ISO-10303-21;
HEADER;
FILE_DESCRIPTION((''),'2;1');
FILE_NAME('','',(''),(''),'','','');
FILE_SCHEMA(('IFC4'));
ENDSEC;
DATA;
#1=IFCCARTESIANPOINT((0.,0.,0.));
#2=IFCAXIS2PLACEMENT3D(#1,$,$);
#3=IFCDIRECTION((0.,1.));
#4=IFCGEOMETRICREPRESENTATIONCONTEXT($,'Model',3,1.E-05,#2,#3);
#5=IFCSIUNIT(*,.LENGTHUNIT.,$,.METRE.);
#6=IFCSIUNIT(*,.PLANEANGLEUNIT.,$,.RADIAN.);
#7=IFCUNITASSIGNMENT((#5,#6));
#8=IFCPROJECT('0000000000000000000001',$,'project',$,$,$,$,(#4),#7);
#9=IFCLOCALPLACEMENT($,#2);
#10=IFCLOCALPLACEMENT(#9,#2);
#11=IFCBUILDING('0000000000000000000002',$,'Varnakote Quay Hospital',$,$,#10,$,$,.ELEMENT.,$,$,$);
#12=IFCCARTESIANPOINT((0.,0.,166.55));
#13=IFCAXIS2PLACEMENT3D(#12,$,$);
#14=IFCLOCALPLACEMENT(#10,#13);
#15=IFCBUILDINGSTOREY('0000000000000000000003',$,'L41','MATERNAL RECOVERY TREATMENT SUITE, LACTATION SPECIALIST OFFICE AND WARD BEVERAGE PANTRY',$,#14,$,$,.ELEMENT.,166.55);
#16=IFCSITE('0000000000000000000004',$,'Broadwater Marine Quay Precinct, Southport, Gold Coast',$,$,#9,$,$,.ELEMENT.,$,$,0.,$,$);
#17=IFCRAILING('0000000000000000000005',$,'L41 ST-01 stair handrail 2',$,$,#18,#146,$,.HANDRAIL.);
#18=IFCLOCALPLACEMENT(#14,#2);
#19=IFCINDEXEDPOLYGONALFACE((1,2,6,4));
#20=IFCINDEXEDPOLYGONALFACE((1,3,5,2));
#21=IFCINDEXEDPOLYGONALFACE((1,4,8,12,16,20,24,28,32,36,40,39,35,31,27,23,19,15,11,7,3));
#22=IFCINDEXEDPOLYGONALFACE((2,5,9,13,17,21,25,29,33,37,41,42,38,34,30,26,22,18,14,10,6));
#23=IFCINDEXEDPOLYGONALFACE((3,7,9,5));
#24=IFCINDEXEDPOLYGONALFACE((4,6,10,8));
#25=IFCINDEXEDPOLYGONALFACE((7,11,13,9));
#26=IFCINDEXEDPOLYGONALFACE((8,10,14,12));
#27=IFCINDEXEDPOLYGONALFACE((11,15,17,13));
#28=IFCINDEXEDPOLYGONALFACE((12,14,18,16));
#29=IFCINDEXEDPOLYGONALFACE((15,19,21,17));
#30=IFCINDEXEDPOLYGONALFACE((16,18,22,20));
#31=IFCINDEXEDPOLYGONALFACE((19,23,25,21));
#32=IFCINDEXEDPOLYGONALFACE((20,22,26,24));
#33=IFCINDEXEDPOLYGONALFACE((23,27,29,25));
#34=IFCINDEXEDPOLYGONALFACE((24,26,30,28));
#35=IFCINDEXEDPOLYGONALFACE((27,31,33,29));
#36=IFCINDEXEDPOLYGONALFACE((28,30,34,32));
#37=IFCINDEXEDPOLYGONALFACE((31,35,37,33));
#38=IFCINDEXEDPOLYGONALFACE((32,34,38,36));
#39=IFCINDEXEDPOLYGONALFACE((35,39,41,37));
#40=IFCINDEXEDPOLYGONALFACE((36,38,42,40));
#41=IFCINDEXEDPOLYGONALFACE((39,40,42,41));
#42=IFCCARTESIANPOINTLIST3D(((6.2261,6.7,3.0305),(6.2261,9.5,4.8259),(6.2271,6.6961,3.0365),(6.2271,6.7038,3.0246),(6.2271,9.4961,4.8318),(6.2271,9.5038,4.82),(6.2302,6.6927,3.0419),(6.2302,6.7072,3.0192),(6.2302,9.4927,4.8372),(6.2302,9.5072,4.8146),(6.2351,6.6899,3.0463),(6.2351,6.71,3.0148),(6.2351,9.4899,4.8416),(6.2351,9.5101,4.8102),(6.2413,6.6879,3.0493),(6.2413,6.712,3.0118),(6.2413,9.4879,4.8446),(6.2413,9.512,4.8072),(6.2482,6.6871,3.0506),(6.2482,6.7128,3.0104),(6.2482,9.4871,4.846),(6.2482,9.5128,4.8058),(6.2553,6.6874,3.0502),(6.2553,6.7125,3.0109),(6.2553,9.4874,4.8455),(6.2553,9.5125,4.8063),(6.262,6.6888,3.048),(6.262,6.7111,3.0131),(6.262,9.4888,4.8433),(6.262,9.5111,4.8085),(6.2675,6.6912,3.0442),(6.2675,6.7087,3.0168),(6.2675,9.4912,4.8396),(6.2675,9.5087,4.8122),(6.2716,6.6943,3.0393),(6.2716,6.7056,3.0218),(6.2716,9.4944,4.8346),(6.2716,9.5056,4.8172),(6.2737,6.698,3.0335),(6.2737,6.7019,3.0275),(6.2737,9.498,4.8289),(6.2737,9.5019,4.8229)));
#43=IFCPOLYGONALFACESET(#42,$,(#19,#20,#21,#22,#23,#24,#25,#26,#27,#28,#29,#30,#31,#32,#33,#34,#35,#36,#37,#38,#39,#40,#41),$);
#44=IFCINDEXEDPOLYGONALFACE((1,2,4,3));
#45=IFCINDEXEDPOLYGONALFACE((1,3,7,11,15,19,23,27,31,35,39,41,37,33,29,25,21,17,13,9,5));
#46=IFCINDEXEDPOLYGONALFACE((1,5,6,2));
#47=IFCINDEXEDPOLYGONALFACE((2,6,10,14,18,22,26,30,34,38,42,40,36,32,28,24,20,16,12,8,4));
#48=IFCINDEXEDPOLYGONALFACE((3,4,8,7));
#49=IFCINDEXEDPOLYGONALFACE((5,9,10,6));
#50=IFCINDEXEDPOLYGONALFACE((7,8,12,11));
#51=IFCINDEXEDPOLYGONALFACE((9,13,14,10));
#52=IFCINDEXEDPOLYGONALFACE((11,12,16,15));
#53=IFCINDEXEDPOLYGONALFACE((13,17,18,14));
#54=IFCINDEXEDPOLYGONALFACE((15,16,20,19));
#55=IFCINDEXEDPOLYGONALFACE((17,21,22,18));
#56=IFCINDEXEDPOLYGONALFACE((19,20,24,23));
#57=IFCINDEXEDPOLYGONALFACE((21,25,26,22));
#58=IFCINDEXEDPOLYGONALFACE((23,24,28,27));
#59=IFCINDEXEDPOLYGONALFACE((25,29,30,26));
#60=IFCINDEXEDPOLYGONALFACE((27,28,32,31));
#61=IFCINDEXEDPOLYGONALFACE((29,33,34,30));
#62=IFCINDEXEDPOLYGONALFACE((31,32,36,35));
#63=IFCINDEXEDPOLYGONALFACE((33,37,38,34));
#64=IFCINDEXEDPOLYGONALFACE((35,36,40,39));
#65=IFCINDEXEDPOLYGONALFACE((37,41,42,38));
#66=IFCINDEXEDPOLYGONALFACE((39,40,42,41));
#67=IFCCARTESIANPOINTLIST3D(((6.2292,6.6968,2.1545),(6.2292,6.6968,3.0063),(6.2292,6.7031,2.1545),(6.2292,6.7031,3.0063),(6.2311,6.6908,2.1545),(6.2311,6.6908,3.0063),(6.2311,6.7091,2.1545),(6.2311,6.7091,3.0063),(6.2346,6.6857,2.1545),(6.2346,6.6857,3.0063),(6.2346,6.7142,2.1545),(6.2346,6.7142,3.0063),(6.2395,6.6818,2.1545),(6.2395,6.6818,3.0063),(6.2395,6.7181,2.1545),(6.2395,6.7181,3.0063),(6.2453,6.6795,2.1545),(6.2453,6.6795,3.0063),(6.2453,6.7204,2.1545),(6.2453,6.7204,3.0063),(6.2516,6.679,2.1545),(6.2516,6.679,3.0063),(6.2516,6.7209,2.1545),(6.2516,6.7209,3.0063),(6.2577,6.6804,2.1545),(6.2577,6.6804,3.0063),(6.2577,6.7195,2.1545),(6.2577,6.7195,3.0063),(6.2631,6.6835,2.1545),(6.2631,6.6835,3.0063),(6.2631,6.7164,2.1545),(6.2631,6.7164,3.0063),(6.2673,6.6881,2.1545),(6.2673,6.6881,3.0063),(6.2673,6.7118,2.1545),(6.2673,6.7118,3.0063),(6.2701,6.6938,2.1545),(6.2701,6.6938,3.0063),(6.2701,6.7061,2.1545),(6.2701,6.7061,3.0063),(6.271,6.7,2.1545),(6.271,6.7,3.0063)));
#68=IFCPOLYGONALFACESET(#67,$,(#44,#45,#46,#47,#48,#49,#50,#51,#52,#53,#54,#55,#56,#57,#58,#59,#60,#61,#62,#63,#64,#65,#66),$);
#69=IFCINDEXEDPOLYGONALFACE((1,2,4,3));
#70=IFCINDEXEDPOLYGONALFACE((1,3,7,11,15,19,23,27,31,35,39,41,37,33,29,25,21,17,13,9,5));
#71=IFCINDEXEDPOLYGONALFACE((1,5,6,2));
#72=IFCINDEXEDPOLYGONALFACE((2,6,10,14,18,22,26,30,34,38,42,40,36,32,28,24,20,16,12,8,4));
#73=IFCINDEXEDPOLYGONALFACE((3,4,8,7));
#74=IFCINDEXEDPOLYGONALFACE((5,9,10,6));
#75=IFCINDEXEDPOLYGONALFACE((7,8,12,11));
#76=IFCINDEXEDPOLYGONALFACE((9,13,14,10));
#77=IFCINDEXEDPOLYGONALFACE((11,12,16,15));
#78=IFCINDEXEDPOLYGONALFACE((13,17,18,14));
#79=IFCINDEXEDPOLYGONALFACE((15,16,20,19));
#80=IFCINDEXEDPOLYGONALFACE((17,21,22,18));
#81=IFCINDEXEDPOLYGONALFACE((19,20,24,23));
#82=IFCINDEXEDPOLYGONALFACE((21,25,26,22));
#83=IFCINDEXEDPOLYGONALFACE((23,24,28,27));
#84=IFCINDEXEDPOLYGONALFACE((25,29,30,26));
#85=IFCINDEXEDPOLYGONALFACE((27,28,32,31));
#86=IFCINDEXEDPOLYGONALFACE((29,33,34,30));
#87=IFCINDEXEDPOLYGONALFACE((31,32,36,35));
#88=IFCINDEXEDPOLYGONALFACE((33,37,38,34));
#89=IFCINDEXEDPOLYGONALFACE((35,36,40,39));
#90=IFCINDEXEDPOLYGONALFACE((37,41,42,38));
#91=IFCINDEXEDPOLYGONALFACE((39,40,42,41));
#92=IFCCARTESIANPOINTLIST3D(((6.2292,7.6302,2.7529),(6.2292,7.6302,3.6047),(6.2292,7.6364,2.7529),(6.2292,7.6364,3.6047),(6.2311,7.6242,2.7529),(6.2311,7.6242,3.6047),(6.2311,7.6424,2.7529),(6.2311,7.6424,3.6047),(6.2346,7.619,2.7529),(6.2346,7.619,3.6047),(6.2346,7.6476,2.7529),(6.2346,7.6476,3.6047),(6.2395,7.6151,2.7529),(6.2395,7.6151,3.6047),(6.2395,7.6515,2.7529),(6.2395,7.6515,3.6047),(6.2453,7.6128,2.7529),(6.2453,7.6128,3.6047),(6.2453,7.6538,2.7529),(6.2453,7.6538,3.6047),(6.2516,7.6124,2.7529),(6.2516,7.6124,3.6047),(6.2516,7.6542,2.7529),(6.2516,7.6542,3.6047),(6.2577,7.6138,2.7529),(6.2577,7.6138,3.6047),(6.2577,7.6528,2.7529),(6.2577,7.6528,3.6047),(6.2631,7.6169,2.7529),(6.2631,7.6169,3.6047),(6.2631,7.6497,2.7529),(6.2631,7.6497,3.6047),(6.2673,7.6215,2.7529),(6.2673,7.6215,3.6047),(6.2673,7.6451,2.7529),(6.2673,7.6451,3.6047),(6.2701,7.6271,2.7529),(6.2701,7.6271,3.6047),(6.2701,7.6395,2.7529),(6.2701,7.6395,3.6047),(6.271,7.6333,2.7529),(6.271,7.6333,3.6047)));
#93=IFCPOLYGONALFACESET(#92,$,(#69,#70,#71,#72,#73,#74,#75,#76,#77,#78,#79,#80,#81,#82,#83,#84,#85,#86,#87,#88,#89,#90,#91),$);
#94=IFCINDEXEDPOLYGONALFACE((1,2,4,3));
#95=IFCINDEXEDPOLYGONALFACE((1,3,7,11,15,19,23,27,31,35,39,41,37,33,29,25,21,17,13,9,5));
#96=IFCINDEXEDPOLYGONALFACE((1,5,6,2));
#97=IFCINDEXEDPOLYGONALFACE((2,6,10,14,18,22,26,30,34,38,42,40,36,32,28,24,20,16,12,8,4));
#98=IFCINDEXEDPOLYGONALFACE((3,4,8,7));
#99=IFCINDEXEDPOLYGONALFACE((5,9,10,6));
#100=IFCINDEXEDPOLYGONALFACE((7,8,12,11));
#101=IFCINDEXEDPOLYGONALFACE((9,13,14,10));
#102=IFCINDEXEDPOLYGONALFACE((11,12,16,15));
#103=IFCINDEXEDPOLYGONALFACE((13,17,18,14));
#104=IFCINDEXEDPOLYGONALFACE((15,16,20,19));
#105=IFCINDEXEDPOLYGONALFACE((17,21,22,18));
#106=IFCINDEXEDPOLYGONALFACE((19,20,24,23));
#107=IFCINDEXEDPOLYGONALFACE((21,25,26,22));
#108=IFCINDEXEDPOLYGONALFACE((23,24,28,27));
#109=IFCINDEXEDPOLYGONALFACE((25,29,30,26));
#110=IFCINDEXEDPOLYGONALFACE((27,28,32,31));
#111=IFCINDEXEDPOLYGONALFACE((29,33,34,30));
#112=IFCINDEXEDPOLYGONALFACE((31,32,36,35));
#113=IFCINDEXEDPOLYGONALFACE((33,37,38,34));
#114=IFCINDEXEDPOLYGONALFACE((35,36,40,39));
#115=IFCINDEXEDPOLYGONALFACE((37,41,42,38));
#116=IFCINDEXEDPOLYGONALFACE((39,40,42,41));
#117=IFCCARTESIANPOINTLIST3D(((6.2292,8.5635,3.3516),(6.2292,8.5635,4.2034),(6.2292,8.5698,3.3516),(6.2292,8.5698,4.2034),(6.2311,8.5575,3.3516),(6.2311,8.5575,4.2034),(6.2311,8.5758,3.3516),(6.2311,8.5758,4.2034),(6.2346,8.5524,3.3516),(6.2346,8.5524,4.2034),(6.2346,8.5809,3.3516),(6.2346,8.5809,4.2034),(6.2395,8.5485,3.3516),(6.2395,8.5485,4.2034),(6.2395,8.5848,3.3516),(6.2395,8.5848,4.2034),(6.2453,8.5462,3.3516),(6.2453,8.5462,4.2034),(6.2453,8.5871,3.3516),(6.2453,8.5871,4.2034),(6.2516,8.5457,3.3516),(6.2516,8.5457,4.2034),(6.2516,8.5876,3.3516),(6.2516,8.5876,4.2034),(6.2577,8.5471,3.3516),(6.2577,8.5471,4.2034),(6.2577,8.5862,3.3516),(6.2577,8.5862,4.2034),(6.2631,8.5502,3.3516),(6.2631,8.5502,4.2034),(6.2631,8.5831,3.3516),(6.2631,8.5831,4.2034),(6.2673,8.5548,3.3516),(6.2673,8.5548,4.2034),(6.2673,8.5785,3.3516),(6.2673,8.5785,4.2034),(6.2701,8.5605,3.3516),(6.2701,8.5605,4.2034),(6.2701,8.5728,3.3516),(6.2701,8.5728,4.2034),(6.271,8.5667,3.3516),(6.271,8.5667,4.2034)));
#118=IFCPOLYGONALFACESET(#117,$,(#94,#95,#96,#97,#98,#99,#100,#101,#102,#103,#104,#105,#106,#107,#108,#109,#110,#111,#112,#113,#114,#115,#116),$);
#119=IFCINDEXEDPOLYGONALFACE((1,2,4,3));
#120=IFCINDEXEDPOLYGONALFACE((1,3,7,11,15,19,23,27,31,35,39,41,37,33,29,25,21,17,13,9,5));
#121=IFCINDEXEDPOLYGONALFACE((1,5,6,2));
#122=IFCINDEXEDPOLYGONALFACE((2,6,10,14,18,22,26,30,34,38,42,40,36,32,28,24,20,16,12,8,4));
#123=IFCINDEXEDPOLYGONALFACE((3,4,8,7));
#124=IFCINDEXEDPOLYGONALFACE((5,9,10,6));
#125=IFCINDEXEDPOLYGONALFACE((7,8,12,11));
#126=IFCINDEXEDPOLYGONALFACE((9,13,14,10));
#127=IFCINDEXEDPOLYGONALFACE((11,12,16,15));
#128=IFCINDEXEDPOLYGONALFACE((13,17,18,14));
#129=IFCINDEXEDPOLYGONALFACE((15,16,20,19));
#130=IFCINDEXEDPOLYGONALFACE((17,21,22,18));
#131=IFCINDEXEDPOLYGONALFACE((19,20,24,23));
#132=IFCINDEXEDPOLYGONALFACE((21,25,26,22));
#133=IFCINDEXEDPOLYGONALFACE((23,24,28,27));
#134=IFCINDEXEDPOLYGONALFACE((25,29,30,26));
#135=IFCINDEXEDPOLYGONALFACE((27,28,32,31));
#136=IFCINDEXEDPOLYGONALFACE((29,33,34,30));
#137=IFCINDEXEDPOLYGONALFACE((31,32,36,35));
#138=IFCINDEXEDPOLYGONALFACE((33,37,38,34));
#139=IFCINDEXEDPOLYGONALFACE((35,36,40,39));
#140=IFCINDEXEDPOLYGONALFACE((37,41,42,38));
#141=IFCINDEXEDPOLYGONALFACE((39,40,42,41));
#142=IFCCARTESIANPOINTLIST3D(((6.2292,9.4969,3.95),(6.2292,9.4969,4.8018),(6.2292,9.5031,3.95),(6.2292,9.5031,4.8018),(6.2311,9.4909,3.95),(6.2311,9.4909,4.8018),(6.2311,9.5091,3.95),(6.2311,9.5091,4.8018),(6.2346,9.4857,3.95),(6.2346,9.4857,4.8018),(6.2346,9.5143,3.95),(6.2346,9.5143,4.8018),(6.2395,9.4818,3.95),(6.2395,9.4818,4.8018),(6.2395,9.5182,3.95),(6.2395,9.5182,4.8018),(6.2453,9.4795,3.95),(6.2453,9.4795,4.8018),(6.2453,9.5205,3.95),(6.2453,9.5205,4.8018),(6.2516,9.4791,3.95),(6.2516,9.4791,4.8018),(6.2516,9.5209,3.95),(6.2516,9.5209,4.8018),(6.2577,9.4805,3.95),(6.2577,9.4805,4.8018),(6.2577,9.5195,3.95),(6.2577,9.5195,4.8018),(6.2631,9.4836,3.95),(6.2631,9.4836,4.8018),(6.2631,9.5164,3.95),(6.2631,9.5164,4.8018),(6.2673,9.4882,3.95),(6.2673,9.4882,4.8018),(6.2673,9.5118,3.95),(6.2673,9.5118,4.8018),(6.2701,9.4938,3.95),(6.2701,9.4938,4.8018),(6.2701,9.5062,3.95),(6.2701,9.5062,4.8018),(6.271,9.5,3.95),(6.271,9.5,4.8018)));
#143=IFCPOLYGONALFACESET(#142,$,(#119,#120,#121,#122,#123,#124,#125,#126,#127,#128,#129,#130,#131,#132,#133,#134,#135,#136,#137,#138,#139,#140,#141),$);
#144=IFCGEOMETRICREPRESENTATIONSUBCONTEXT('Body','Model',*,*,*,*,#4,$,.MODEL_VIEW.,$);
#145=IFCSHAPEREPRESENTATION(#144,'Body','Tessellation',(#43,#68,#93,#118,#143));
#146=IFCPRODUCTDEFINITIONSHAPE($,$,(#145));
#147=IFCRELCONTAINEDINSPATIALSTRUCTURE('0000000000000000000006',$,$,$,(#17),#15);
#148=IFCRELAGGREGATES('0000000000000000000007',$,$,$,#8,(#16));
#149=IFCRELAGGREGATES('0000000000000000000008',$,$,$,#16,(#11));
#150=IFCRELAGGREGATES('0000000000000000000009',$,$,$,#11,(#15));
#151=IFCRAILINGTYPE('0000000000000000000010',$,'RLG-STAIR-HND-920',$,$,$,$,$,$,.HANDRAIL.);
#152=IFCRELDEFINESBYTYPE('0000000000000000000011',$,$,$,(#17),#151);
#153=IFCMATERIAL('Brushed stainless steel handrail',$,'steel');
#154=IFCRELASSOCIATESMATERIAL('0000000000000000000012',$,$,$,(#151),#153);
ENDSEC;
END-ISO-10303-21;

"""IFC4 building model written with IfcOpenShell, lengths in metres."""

from ifc_helpers import new_model, si_unit, direction, frame, origin, origin_2d, place, context, subcontext, project, spatial, circle, extrude, material, type_object, element, save


model = new_model("IFC4")

# Units and contexts
model_context = context("Model", 3, precision=1e-05, world=origin(), true_north=direction((0.0, 1.0)))
body_context = subcontext(model_context, "Body", "Model", "MODEL_VIEW")
ifc_project = project(units=[si_unit("LENGTHUNIT", "METRE"), si_unit("PLANEANGLEUNIT", "RADIAN")], contexts=[model_context])

# Site, building, storey
site_placement = place(None, origin())
site = spatial("IfcSite", under=ifc_project, at=site_placement, Name="Broadwater Marine Quay Precinct, Southport, Gold Coast", CompositionType="ELEMENT", RefElevation=0.0)
building_placement = place(site_placement, origin())
building = spatial("IfcBuilding", under=site, at=building_placement, Name="Varnakote Quay Hospital", CompositionType="ELEMENT")
storey_placement = place(building_placement, frame((0.0, 0.0, 166.55)))
storey = spatial("IfcBuildingStorey", under=building, at=storey_placement, Name="L41", Description="MATERNAL RECOVERY TREATMENT SUITE, LACTATION SPECIALIST OFFICE AND WARD BEVERAGE PANTRY", CompositionType="ELEMENT", Elevation=166.55)

# Railing
ifc_material_1 = material(Name="Brushed stainless steel handrail", Category="steel")
railing_type_1 = type_object("IfcRailingType", Name="RLG-STAIR-HND-920", PredefinedType="HANDRAIL", material=ifc_material_1)
railing_1_placement = place(storey_placement, frame((6.25, 6.7, 2.1545)))
element("IfcRailing", 1, at=railing_1_placement, inside=storey, type_object=railing_type_1, Name="L41 ST-01 stair handrail 2", PredefinedType="HANDRAIL", context=body_context, shape_type="SweptSolid", body=[
    extrude(circle(Radius=0.0239, at=origin_2d()), frame((0.0, 0.0, 0.876), z_axis=(0.0, 0.84181, 0.539774), x_axis=(-1.0, 0.0, 0.0)), (0.0, 0.0, 1.0), 3.3262),
    extrude(circle(Radius=0.021, at=origin_2d()), origin(), (0.0, 0.0, 1.0), 0.8518),
    extrude(circle(Radius=0.021, at=origin_2d()), frame((0.0, 0.9333, 0.5984)), (0.0, 0.0, 1.0), 0.8518),
    extrude(circle(Radius=0.021, at=origin_2d()), frame((0.0, 1.8667, 1.197)), (0.0, 0.0, 1.0), 0.8518),
    extrude(circle(Radius=0.021, at=origin_2d()), frame((0.0, 2.8, 1.7954)), (0.0, 0.0, 1.0), 0.8518),
])

save(model, "model.ifc")
